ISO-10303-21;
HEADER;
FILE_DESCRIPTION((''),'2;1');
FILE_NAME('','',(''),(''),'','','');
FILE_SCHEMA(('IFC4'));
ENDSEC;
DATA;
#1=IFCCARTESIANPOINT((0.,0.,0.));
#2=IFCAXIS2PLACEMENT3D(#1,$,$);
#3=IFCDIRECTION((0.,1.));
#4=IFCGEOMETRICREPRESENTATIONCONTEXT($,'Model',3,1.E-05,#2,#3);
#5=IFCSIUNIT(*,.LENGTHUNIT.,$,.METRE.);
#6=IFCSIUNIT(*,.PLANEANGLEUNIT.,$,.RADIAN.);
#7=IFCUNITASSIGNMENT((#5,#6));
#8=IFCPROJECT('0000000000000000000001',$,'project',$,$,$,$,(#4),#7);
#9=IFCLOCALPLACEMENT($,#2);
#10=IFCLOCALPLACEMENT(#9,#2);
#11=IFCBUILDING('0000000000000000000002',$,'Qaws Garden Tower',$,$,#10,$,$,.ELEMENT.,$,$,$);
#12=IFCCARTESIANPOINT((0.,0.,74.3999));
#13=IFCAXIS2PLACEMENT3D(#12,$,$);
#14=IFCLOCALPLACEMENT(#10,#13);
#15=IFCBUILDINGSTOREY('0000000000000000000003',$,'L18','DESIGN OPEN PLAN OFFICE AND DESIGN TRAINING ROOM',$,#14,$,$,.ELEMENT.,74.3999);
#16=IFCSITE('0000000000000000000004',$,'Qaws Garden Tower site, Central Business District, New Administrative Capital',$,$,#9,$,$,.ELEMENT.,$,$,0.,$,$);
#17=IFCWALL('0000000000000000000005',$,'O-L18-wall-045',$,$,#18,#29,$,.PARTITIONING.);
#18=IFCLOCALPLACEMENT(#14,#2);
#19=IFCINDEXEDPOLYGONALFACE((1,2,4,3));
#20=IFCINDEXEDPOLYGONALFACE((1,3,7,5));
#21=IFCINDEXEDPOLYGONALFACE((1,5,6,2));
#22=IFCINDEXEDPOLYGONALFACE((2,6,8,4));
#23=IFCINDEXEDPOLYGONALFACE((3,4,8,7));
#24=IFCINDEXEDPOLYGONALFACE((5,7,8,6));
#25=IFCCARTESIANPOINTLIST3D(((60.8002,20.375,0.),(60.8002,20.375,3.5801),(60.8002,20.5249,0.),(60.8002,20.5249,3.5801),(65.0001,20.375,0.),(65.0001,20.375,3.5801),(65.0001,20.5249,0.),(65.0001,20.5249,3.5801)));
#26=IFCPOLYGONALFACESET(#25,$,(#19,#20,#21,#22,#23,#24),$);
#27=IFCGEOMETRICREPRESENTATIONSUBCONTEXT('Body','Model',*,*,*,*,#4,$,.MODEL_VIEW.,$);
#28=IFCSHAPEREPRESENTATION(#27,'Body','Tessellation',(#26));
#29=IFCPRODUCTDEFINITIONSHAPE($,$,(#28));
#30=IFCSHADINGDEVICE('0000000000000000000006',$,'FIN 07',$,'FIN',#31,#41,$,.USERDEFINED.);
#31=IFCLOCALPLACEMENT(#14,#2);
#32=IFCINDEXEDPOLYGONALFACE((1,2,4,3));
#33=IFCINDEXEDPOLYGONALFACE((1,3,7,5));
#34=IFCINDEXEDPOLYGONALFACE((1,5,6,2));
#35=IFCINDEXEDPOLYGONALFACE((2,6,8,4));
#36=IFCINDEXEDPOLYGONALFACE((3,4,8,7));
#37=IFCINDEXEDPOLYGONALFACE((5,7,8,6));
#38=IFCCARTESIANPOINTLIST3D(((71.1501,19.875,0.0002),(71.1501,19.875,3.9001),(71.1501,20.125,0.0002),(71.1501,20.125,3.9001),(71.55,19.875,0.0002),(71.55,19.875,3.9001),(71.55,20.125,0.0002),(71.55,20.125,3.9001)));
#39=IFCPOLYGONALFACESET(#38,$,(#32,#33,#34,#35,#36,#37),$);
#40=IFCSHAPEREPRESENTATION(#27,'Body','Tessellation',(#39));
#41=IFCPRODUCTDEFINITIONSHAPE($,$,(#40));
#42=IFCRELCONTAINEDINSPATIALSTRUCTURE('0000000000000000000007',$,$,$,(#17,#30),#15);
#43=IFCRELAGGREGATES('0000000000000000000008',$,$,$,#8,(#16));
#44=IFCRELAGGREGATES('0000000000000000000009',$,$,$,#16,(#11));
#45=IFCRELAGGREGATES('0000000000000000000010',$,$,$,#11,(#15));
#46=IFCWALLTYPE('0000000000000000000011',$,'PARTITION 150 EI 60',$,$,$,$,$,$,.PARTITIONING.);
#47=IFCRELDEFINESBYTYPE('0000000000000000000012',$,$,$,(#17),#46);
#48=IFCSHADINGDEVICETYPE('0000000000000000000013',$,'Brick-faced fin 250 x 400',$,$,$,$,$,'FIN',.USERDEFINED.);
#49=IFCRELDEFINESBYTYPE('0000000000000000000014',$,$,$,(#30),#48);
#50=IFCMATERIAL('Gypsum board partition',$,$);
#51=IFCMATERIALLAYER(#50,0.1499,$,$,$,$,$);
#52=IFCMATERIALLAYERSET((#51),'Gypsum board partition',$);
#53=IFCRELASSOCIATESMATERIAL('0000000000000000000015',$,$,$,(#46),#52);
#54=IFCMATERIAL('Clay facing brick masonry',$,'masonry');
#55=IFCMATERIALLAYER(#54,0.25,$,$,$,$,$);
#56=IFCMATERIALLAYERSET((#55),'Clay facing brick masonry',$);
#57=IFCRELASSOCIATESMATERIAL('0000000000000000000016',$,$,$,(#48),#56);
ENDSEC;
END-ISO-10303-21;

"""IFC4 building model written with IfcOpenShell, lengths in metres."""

from ifc_helpers import new_model, si_unit, direction, frame, frame_2d, origin, origin_2d, place, context, subcontext, project, spatial, rectangle, extrude, material, layer, layer_set, type_object, element, save


model = new_model("IFC4")

# Units and contexts
model_context = context("Model", 3, precision=1e-05, world=origin(), true_north=direction((0.0, 1.0)))
body_context = subcontext(model_context, "Body", "Model", "MODEL_VIEW")
ifc_project = project(units=[si_unit("LENGTHUNIT", "METRE"), si_unit("PLANEANGLEUNIT", "RADIAN")], contexts=[model_context])

# Site, building, storey
site_placement = place(None, origin())
site = spatial("IfcSite", under=ifc_project, at=site_placement, Name="Qaws Garden Tower site, Central Business District, New Administrative Capital", CompositionType="ELEMENT", RefElevation=0.0)
building_placement = place(site_placement, origin())
building = spatial("IfcBuilding", under=site, at=building_placement, Name="Qaws Garden Tower", CompositionType="ELEMENT")
storey_placement = place(building_placement, frame((0.0, 0.0, 74.3999)))
storey = spatial("IfcBuildingStorey", under=building, at=storey_placement, Name="L18", Description="DESIGN OPEN PLAN OFFICE AND DESIGN TRAINING ROOM", CompositionType="ELEMENT", Elevation=74.3999)

# Wall
ifc_material_1 = material(Name="Gypsum board partition")
ifc_layer_1 = layer(ifc_material_1, 0.1499)
ifc_layer_set_1 = layer_set([ifc_layer_1], Name="Gypsum board partition")
wall_type_1 = type_object("IfcWallType", Name="PARTITION 150 EI 60", PredefinedType="PARTITIONING", material=ifc_layer_set_1)
wall_1_placement = place(storey_placement, frame((60.8, 20.45, 0.0), z_axis=(0.0, 0.0, 1.0), x_axis=(1.0, 0.0, 0.0)))
element("IfcWall", 1, at=wall_1_placement, inside=storey, type_object=wall_type_1, Name="O-L18-wall-045", PredefinedType="PARTITIONING", context=body_context, shape_type="SweptSolid", body=[
    extrude(rectangle(XDim=4.2, YDim=0.1499, at=frame_2d((2.1001, 0.0))), origin(), (0.0, 0.0, 1.0), 3.5801),
])

# Shading device
ifc_material_2 = material(Name="Clay facing brick masonry", Category="masonry")
ifc_layer_2 = layer(ifc_material_2, 0.25)
ifc_layer_set_2 = layer_set([ifc_layer_2], Name="Clay facing brick masonry")
shading_device_type = type_object("IfcShadingDeviceType", Name="Brick-faced fin 250 x 400", ElementType="FIN", PredefinedType="USERDEFINED", material=ifc_layer_set_2)
shading_device_placement = place(storey_placement, frame((71.3501, 20.0, 0.0002), z_axis=(0.0, 0.0, 1.0), x_axis=(0.0, 1.0, 0.0)))
element("IfcShadingDevice", 2, at=shading_device_placement, inside=storey, type_object=shading_device_type, Name="FIN 07", ObjectType="FIN", PredefinedType="USERDEFINED", context=body_context, shape_type="SweptSolid", body=[
    extrude(rectangle(XDim=0.25, YDim=0.3999, at=origin_2d()), origin(), (0.0, 0.0, 1.0), 3.8999),
])

save(model, "model.ifc")
